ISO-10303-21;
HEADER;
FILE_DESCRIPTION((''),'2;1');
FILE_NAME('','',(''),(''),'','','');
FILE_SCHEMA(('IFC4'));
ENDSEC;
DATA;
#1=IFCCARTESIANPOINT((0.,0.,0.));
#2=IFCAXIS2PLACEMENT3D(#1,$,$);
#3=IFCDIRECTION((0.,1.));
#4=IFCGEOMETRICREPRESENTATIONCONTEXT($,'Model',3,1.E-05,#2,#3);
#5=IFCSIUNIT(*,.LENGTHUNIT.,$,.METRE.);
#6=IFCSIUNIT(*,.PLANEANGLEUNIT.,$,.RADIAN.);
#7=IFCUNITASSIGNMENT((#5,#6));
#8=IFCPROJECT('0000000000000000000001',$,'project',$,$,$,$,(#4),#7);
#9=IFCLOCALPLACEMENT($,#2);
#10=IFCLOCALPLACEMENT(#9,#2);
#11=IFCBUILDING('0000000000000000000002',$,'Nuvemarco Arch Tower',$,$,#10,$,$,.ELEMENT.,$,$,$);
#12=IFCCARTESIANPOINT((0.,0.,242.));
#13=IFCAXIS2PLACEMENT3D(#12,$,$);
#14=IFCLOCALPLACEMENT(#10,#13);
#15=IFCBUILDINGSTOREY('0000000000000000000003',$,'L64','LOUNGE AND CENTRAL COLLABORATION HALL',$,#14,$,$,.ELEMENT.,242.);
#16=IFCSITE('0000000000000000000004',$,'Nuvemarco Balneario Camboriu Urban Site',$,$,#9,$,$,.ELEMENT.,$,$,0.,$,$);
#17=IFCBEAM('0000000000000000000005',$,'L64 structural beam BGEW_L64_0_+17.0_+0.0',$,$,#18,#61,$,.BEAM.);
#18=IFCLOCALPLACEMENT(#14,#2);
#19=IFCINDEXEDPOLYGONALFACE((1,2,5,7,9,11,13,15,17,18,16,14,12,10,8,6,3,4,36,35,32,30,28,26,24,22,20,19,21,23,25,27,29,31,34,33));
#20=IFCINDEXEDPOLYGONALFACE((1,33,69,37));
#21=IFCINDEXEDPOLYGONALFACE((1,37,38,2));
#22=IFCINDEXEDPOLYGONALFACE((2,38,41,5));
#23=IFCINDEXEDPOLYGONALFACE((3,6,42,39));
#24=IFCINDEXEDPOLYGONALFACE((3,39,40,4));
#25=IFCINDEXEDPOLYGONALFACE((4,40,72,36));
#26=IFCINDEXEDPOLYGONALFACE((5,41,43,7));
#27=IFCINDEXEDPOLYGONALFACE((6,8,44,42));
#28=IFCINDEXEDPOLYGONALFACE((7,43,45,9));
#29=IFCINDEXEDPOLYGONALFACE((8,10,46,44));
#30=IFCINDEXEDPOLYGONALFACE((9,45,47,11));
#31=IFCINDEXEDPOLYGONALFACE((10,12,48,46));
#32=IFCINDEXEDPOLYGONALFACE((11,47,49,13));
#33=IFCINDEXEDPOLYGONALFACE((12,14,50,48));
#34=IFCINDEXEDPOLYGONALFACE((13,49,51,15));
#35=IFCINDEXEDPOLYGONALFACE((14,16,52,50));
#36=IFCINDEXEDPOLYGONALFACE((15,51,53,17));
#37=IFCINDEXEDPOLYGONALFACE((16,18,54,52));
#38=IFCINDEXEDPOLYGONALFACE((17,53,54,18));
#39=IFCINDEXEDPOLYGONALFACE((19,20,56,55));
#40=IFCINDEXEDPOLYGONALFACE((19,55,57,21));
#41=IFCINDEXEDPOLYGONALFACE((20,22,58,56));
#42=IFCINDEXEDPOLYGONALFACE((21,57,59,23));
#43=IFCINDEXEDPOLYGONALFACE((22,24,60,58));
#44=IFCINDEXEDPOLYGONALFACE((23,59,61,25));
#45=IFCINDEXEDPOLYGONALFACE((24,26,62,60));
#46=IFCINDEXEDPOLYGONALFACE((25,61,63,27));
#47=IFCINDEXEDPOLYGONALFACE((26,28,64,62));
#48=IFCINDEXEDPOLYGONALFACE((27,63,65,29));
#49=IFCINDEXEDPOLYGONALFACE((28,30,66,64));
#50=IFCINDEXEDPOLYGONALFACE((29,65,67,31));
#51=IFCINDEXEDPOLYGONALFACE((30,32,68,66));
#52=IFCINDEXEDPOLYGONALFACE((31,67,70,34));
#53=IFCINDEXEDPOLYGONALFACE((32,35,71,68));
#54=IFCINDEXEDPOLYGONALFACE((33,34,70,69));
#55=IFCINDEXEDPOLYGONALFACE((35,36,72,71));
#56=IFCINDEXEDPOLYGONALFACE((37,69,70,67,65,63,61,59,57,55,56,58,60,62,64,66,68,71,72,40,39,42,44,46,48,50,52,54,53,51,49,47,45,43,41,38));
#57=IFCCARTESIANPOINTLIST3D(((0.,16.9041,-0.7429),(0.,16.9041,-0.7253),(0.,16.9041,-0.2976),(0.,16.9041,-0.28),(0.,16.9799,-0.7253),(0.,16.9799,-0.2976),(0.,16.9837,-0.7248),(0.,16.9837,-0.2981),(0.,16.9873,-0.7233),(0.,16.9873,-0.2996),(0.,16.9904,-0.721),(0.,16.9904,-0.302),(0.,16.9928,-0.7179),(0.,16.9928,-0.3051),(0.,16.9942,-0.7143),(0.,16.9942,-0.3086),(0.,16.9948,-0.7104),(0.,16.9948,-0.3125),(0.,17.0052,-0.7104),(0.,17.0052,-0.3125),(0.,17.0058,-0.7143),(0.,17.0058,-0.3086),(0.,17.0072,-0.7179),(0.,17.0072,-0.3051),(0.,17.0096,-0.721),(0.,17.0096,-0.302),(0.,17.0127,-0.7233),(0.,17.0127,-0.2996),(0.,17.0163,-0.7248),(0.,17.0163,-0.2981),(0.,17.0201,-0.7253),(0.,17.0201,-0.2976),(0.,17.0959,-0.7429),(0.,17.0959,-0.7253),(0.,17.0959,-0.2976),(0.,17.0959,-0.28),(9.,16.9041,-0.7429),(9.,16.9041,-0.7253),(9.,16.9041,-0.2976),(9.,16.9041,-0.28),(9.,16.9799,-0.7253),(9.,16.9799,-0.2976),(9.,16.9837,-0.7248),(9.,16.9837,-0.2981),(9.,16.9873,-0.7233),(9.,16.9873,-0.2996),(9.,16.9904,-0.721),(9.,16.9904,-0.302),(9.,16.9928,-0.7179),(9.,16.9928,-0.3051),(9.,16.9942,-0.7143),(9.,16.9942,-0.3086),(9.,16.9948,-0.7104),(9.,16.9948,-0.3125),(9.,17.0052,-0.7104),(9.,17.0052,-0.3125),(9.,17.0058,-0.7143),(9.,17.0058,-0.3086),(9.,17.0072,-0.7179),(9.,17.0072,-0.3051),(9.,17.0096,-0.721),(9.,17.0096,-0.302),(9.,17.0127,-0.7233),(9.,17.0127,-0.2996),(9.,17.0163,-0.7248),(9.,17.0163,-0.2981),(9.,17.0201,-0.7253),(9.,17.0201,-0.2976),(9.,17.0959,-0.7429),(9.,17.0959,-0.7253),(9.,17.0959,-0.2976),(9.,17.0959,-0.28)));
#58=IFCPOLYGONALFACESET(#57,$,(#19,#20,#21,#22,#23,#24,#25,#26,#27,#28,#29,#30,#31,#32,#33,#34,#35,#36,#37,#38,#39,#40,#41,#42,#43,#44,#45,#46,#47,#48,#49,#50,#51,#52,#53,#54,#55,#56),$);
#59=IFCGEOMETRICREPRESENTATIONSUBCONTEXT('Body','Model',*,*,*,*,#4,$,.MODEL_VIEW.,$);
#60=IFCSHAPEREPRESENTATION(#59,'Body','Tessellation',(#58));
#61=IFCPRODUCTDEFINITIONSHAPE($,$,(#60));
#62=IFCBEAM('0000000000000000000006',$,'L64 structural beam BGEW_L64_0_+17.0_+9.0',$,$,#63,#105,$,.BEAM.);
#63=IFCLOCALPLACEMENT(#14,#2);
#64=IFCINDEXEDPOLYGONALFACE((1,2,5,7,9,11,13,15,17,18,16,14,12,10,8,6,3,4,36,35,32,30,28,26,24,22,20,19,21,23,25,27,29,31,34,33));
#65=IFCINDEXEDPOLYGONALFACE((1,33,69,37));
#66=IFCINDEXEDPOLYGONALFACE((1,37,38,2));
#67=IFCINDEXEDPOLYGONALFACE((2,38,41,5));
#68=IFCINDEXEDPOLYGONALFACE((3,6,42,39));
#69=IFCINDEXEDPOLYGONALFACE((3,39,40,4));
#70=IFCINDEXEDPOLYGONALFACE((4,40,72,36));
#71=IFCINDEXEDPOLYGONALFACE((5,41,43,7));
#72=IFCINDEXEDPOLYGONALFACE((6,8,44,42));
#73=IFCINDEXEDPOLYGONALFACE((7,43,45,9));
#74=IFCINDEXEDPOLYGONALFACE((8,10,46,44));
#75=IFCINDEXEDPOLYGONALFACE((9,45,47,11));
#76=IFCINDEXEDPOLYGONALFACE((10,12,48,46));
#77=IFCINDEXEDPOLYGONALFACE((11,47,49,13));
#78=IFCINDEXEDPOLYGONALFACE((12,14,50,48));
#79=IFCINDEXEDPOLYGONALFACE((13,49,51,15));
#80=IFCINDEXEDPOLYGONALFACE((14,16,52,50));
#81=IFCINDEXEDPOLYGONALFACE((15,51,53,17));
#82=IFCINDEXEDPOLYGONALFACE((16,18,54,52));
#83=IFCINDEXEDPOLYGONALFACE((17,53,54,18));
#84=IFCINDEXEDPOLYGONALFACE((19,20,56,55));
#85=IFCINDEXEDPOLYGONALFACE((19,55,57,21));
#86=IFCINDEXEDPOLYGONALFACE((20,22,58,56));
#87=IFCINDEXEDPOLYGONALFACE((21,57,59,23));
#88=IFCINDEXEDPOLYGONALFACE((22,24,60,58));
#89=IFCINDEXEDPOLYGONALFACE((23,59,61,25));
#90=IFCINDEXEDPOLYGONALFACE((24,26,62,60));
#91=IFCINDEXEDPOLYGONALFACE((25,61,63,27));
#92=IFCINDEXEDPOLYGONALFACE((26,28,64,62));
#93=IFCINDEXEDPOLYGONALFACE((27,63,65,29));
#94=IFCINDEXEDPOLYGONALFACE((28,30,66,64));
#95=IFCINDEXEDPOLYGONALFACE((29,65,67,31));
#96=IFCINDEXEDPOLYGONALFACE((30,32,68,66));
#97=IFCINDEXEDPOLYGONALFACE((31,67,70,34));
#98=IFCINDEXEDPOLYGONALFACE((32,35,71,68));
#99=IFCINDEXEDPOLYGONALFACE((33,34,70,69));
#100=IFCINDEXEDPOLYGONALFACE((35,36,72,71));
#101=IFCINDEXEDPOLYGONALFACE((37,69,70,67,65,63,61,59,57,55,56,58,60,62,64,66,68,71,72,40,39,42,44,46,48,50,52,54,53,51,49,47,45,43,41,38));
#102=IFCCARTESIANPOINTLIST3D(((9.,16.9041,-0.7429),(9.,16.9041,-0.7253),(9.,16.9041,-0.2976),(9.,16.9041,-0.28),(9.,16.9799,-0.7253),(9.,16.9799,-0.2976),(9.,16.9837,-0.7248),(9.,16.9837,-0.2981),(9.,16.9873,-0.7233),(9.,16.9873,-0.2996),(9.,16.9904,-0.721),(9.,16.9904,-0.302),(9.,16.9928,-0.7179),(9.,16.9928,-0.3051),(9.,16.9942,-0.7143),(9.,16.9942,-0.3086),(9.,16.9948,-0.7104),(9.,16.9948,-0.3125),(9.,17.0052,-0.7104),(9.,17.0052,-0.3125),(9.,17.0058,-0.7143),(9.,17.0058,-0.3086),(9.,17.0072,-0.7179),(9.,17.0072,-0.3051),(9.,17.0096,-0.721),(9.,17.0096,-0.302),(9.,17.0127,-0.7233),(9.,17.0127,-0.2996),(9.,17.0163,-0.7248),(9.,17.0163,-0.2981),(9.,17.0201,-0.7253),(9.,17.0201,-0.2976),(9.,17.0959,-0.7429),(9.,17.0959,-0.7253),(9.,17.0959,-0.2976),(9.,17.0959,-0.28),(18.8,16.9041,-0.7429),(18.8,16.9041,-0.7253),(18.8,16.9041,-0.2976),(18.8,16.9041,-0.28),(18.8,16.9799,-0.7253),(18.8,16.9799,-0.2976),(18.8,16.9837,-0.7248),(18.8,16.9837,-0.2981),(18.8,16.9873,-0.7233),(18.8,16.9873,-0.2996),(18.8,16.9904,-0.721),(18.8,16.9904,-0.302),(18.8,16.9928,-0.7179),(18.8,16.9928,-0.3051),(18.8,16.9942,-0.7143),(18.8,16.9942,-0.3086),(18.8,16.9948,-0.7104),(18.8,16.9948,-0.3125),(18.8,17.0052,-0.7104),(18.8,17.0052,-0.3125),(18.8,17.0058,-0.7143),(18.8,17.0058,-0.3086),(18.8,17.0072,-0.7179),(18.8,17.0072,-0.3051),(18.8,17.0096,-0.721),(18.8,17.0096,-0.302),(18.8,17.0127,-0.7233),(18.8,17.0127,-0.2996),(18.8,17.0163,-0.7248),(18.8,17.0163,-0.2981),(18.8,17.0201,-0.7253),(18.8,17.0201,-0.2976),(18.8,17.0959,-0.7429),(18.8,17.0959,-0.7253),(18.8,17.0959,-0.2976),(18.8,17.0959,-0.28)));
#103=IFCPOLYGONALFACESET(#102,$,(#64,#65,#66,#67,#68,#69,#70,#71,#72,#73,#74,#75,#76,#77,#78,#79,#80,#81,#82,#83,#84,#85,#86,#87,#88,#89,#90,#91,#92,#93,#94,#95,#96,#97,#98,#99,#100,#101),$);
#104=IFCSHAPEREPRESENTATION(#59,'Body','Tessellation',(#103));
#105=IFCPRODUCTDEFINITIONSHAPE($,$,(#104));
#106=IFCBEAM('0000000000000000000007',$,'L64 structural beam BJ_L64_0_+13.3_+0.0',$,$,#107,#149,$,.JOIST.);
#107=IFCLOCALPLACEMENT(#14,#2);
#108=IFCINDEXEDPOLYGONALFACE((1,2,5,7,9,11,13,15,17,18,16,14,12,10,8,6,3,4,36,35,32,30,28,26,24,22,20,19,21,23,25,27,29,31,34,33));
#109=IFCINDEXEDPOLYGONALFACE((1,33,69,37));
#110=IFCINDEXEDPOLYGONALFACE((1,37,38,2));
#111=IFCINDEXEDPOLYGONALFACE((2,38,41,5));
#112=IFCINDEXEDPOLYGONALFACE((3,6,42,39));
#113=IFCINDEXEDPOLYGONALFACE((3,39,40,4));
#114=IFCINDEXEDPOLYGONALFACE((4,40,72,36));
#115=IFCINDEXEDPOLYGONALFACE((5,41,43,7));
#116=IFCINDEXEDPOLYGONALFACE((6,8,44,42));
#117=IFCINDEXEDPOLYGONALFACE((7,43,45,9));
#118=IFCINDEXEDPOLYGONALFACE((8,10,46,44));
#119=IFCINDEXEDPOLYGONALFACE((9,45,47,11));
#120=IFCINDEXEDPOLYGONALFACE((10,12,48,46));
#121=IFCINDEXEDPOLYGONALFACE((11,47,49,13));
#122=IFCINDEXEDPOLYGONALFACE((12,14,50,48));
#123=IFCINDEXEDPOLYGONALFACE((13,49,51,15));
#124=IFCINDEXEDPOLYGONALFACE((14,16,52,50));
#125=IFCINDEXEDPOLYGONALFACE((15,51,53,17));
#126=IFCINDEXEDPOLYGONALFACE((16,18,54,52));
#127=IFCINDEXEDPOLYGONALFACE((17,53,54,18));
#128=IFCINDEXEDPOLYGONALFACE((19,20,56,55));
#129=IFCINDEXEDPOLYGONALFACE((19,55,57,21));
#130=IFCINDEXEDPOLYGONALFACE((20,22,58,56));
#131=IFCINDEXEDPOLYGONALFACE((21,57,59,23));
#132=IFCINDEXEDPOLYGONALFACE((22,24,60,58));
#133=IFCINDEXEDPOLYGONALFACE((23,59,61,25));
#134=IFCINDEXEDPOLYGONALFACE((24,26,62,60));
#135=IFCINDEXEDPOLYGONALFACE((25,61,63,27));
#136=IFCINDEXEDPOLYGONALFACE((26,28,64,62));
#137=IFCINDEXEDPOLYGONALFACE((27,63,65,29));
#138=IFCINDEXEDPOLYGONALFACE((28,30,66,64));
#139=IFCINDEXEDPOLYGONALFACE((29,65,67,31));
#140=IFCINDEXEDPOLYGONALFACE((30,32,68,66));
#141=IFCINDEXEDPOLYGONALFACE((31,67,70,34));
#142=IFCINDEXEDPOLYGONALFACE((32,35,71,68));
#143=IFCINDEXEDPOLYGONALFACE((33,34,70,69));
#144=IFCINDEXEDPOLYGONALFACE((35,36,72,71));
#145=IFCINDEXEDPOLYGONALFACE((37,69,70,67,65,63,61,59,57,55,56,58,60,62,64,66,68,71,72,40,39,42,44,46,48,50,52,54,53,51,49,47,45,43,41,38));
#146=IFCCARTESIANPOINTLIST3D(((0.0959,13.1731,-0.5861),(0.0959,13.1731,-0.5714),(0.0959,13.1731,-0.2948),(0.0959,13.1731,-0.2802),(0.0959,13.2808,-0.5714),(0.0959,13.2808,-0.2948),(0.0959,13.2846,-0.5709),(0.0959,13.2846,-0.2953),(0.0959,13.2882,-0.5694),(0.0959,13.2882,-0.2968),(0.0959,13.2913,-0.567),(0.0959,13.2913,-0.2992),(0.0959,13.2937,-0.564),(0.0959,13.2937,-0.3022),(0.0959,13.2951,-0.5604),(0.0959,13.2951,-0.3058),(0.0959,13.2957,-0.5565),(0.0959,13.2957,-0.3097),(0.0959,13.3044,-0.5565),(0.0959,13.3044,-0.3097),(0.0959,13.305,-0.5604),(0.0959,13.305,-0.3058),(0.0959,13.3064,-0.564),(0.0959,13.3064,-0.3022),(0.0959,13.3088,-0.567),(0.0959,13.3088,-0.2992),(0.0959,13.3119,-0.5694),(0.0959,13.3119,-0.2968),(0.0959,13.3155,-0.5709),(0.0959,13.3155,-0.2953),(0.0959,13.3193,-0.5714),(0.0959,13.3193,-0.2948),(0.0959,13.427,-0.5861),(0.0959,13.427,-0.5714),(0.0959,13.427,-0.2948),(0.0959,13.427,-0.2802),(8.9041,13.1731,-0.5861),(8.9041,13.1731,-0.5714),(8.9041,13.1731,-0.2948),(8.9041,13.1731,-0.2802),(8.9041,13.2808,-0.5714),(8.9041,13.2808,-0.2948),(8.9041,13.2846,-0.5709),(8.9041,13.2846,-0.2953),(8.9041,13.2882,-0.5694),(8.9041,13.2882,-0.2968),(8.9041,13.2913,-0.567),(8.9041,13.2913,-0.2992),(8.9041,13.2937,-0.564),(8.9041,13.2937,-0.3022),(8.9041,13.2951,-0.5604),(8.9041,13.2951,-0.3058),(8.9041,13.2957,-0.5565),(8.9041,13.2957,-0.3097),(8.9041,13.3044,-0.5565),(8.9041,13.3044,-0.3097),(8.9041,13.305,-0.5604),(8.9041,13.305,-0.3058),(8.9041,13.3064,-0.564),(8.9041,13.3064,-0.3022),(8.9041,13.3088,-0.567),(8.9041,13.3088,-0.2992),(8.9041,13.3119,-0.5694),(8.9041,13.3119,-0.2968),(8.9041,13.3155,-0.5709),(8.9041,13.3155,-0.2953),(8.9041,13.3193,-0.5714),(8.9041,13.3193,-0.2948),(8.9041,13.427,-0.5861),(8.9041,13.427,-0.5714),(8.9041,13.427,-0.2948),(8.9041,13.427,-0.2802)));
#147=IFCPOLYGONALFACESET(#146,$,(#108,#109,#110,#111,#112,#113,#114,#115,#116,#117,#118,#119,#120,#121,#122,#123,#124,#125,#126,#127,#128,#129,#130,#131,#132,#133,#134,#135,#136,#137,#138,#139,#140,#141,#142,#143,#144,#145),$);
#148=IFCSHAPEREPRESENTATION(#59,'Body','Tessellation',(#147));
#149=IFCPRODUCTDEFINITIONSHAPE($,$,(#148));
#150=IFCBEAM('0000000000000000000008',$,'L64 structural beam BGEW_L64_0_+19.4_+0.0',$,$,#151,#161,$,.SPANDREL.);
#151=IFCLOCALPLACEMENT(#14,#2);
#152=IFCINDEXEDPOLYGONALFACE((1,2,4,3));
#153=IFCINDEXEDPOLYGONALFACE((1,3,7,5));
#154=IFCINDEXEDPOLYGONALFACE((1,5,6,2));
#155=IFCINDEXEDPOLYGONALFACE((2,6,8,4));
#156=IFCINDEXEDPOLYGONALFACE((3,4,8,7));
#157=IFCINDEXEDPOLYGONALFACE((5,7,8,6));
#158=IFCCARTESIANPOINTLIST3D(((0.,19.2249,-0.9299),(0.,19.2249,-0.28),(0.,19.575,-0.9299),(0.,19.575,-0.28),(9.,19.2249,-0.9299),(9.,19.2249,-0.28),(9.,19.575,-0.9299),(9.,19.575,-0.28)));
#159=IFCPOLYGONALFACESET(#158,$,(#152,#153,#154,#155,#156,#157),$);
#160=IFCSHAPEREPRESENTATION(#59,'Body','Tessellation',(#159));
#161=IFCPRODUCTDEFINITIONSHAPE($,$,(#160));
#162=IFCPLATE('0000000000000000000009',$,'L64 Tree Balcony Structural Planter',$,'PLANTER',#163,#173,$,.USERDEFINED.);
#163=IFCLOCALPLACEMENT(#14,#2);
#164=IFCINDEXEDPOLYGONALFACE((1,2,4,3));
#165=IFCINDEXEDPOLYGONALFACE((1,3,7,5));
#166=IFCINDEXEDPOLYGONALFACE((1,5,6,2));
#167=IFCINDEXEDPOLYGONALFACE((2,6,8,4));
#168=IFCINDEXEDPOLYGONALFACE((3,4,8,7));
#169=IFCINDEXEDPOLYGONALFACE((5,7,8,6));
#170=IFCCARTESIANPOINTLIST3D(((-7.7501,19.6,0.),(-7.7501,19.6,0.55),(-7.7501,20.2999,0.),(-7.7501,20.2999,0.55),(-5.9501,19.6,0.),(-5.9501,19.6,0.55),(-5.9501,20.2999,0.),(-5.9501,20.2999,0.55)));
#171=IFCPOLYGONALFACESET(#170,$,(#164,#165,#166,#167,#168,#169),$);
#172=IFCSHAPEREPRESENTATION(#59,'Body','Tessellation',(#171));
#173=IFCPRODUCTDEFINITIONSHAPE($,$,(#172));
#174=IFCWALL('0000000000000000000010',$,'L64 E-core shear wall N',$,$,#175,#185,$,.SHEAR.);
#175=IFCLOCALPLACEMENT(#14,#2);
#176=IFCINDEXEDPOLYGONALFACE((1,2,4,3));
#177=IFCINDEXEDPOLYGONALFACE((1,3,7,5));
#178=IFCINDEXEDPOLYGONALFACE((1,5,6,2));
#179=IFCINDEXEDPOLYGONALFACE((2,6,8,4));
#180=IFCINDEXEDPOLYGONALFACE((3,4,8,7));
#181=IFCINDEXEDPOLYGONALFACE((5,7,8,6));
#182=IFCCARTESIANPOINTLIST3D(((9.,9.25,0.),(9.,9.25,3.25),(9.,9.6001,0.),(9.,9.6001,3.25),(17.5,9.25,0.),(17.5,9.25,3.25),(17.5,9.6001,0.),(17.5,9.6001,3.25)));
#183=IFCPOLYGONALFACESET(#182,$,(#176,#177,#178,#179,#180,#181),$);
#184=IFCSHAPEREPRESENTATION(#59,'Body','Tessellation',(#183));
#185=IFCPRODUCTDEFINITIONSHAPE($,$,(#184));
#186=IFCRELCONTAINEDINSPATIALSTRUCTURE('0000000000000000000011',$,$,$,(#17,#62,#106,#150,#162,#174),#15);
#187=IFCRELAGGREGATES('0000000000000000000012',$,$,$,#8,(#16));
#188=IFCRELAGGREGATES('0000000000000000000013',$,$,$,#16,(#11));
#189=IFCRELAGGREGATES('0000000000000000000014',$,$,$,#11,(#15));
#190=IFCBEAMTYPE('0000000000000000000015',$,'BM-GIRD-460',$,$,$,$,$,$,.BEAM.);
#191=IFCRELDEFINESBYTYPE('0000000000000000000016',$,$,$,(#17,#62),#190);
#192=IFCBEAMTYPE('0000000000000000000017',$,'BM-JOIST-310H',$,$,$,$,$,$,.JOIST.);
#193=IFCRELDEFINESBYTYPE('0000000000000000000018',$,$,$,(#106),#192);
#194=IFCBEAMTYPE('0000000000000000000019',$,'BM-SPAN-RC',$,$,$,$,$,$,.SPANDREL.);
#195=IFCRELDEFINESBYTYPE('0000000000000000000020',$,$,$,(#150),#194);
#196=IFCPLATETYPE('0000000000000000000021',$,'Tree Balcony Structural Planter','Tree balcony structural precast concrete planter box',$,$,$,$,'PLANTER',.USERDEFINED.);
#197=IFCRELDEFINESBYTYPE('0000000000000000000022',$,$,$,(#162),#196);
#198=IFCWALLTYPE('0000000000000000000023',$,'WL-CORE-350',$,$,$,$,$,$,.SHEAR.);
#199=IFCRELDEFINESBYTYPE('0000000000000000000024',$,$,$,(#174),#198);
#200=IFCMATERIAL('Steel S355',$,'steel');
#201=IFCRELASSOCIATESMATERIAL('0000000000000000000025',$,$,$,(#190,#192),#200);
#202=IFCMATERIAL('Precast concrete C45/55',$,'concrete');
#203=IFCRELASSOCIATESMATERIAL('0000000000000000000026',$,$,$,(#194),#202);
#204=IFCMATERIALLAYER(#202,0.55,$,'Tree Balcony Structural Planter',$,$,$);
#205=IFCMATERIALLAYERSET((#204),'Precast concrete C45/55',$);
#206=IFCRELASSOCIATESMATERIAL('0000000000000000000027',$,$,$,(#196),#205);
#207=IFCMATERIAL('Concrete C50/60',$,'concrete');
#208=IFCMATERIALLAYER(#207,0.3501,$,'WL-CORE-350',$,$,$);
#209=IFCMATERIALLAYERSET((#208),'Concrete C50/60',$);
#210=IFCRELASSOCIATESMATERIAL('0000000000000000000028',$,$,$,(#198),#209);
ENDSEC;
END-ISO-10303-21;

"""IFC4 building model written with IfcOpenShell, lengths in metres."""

from ifc_helpers import new_model, si_unit, direction, frame, frame_2d, origin, origin_2d, place, context, subcontext, project, spatial, rectangle, i_section, extrude, source, transform, mapped, material, layer, layer_set, material_profile, profile_set, type_object, type_shapes, element, save


model = new_model("IFC4")

# Units and contexts
model_context = context("Model", 3, precision=1e-05, world=origin(), true_north=direction((0.0, 1.0)))
body_context = subcontext(model_context, "Body", "Model", "MODEL_VIEW")
ifc_project = project(units=[si_unit("LENGTHUNIT", "METRE"), si_unit("PLANEANGLEUNIT", "RADIAN")], contexts=[model_context])

# Site, building, storey
site_placement = place(None, origin())
site = spatial("IfcSite", under=ifc_project, at=site_placement, Name="Nuvemarco Balneario Camboriu Urban Site", CompositionType="ELEMENT", RefElevation=0.0)
building_placement = place(site_placement, origin())
building = spatial("IfcBuilding", under=site, at=building_placement, Name="Nuvemarco Arch Tower", CompositionType="ELEMENT")
storey_placement = place(building_placement, frame((0.0, 0.0, 242.0)))
storey = spatial("IfcBuildingStorey", under=building, at=storey_placement, Name="L64", Description="LOUNGE AND CENTRAL COLLABORATION HALL", CompositionType="ELEMENT", Elevation=242.0)

# Shared definitions
ifc_material_1 = material(Name="Concrete C50/60", Category="concrete")
ifc_material_2 = material(Name="Steel S355", Category="steel")

# Beams
ifc_material_profile_1 = material_profile(ifc_material_2, i_section(OverallWidth=0.1919, OverallDepth=0.4629, WebThickness=0.0105, FlangeThickness=0.0176, FilletRadius=0.0149, at=origin_2d()), Name="W460x89")
ifc_profile_set_1 = profile_set([ifc_material_profile_1], Name="Steel S355")
beam_type_1 = type_object("IfcBeamType", Name="BM-GIRD-460", PredefinedType="BEAM", material=ifc_profile_set_1)
beam_1_placement = place(storey_placement, frame((0.0, 17.0, -0.5115), z_axis=(1.0, 0.0, 0.0), x_axis=(0.0, 1.0, 0.0)))
element("IfcBeam", 1, at=beam_1_placement, inside=storey, type_object=beam_type_1, Name="L64 structural beam BGEW_L64_0_+17.0_+0.0", PredefinedType="BEAM", context=body_context, shape_type="SweptSolid", body=[
    extrude(i_section(OverallWidth=0.1919, OverallDepth=0.4629, WebThickness=0.0105, FlangeThickness=0.0176, FilletRadius=0.0149, at=origin_2d()), origin(), (0.0, 0.0, 1.0), 9.0),
])
beam_2_placement = place(storey_placement, frame((9.0, 17.0, -0.5115), z_axis=(1.0, 0.0, 0.0), x_axis=(0.0, 1.0, 0.0)))
element("IfcBeam", 2, at=beam_2_placement, inside=storey, type_object=beam_type_1, Name="L64 structural beam BGEW_L64_0_+17.0_+9.0", PredefinedType="BEAM", context=body_context, shape_type="SweptSolid", body=[
    extrude(i_section(OverallWidth=0.1919, OverallDepth=0.4629, WebThickness=0.0105, FlangeThickness=0.0176, FilletRadius=0.0149, at=origin_2d()), origin(), (0.0, 0.0, 1.0), 9.8),
])
ifc_material_profile_2 = material_profile(ifc_material_2, i_section(OverallWidth=0.2539, OverallDepth=0.3059, WebThickness=0.0088, FlangeThickness=0.0146, FilletRadius=0.0149, at=origin_2d()), Name="W310x79")
ifc_profile_set_2 = profile_set([ifc_material_profile_2], Name="Steel S355")
beam_type_2 = type_object("IfcBeamType", Name="BM-JOIST-310H", PredefinedType="JOIST", material=ifc_profile_set_2)
beam_3_placement = place(storey_placement, frame((0.0959, 13.3, -0.4331), z_axis=(1.0, 0.0, 0.0), x_axis=(0.0, 1.0, 0.0)))
element("IfcBeam", 3, at=beam_3_placement, inside=storey, type_object=beam_type_2, Name="L64 structural beam BJ_L64_0_+13.3_+0.0", PredefinedType="JOIST", context=body_context, shape_type="SweptSolid", body=[
    extrude(i_section(OverallWidth=0.2539, OverallDepth=0.3059, WebThickness=0.0088, FlangeThickness=0.0146, FilletRadius=0.0149, at=origin_2d()), origin(), (0.0, 0.0, 1.0), 8.8081),
])
ifc_material_3 = material(Name="Precast concrete C45/55", Category="concrete")
ifc_material_profile_3 = material_profile(ifc_material_3, rectangle(XDim=0.3501, YDim=0.6499, at=origin_2d()), Name="PC-SP-350x650")
ifc_profile_set_3 = profile_set([ifc_material_profile_3], Name="Precast concrete C45/55")
beam_type_3 = type_object("IfcBeamType", Name="BM-SPAN-RC", PredefinedType="SPANDREL", material=ifc_profile_set_3)
beam_4_placement = place(storey_placement, frame((0.0, 19.3999, -0.605), z_axis=(1.0, 0.0, 0.0), x_axis=(0.0, 1.0, 0.0)))
element("IfcBeam", 4, at=beam_4_placement, inside=storey, type_object=beam_type_3, Name="L64 structural beam BGEW_L64_0_+19.4_+0.0", PredefinedType="SPANDREL", context=body_context, shape_type="SweptSolid", body=[
    extrude(rectangle(XDim=0.3501, YDim=0.6499, at=origin_2d()), origin(), (0.0, 0.0, 1.0), 9.0),
])

# Plate
ifc_layer_1 = layer(ifc_material_3, 0.55, Name="Tree Balcony Structural Planter")
ifc_layer_set_1 = layer_set([ifc_layer_1], Name="Precast concrete C45/55")
plate_type = type_object("IfcPlateType", Name="Tree Balcony Structural Planter", Description="Tree balcony structural precast concrete planter box", ElementType="PLANTER", PredefinedType="USERDEFINED", material=ifc_layer_set_1)
shared_shape_1 = source(origin(), body_context, "Body", "SweptSolid", [
    extrude(rectangle(XDim=1.8, YDim=0.7, at=origin_2d()), origin(), (0.0, 0.0, 1.0), 0.55),
])
type_shapes(plate_type, [shared_shape_1])
plate_placement = place(storey_placement, frame((-6.8501, 19.95, 0.0), z_axis=(0.0, 0.0, 1.0), x_axis=(1.0, 0.0, 0.0)))
element("IfcPlate", 5, at=plate_placement, inside=storey, type_object=plate_type, Name="L64 Tree Balcony Structural Planter", ObjectType="PLANTER", PredefinedType="USERDEFINED", context=body_context, shape_type="MappedRepresentation", body=[
    mapped(shared_shape_1, transform((0.0, 0.0, 0.0), scale=1.0)),
])

# Wall
ifc_layer_2 = layer(ifc_material_1, 0.3501, Name="WL-CORE-350")
ifc_layer_set_2 = layer_set([ifc_layer_2], Name="Concrete C50/60")
wall_type_1 = type_object("IfcWallType", Name="WL-CORE-350", PredefinedType="SHEAR", material=ifc_layer_set_2)
wall_1_placement = place(storey_placement, frame((9.0, 9.425, 0.0), z_axis=(0.0, 0.0, 1.0), x_axis=(1.0, 0.0, 0.0)))
element("IfcWall", 6, at=wall_1_placement, inside=storey, type_object=wall_type_1, Name="L64 E-core shear wall N", PredefinedType="SHEAR", context=body_context, shape_type="SweptSolid", body=[
    extrude(rectangle(XDim=8.5, YDim=0.3501, at=frame_2d((4.25, 0.0))), origin(), (0.0, 0.0, 1.0), 3.25),
])

save(model, "model.ifc")
